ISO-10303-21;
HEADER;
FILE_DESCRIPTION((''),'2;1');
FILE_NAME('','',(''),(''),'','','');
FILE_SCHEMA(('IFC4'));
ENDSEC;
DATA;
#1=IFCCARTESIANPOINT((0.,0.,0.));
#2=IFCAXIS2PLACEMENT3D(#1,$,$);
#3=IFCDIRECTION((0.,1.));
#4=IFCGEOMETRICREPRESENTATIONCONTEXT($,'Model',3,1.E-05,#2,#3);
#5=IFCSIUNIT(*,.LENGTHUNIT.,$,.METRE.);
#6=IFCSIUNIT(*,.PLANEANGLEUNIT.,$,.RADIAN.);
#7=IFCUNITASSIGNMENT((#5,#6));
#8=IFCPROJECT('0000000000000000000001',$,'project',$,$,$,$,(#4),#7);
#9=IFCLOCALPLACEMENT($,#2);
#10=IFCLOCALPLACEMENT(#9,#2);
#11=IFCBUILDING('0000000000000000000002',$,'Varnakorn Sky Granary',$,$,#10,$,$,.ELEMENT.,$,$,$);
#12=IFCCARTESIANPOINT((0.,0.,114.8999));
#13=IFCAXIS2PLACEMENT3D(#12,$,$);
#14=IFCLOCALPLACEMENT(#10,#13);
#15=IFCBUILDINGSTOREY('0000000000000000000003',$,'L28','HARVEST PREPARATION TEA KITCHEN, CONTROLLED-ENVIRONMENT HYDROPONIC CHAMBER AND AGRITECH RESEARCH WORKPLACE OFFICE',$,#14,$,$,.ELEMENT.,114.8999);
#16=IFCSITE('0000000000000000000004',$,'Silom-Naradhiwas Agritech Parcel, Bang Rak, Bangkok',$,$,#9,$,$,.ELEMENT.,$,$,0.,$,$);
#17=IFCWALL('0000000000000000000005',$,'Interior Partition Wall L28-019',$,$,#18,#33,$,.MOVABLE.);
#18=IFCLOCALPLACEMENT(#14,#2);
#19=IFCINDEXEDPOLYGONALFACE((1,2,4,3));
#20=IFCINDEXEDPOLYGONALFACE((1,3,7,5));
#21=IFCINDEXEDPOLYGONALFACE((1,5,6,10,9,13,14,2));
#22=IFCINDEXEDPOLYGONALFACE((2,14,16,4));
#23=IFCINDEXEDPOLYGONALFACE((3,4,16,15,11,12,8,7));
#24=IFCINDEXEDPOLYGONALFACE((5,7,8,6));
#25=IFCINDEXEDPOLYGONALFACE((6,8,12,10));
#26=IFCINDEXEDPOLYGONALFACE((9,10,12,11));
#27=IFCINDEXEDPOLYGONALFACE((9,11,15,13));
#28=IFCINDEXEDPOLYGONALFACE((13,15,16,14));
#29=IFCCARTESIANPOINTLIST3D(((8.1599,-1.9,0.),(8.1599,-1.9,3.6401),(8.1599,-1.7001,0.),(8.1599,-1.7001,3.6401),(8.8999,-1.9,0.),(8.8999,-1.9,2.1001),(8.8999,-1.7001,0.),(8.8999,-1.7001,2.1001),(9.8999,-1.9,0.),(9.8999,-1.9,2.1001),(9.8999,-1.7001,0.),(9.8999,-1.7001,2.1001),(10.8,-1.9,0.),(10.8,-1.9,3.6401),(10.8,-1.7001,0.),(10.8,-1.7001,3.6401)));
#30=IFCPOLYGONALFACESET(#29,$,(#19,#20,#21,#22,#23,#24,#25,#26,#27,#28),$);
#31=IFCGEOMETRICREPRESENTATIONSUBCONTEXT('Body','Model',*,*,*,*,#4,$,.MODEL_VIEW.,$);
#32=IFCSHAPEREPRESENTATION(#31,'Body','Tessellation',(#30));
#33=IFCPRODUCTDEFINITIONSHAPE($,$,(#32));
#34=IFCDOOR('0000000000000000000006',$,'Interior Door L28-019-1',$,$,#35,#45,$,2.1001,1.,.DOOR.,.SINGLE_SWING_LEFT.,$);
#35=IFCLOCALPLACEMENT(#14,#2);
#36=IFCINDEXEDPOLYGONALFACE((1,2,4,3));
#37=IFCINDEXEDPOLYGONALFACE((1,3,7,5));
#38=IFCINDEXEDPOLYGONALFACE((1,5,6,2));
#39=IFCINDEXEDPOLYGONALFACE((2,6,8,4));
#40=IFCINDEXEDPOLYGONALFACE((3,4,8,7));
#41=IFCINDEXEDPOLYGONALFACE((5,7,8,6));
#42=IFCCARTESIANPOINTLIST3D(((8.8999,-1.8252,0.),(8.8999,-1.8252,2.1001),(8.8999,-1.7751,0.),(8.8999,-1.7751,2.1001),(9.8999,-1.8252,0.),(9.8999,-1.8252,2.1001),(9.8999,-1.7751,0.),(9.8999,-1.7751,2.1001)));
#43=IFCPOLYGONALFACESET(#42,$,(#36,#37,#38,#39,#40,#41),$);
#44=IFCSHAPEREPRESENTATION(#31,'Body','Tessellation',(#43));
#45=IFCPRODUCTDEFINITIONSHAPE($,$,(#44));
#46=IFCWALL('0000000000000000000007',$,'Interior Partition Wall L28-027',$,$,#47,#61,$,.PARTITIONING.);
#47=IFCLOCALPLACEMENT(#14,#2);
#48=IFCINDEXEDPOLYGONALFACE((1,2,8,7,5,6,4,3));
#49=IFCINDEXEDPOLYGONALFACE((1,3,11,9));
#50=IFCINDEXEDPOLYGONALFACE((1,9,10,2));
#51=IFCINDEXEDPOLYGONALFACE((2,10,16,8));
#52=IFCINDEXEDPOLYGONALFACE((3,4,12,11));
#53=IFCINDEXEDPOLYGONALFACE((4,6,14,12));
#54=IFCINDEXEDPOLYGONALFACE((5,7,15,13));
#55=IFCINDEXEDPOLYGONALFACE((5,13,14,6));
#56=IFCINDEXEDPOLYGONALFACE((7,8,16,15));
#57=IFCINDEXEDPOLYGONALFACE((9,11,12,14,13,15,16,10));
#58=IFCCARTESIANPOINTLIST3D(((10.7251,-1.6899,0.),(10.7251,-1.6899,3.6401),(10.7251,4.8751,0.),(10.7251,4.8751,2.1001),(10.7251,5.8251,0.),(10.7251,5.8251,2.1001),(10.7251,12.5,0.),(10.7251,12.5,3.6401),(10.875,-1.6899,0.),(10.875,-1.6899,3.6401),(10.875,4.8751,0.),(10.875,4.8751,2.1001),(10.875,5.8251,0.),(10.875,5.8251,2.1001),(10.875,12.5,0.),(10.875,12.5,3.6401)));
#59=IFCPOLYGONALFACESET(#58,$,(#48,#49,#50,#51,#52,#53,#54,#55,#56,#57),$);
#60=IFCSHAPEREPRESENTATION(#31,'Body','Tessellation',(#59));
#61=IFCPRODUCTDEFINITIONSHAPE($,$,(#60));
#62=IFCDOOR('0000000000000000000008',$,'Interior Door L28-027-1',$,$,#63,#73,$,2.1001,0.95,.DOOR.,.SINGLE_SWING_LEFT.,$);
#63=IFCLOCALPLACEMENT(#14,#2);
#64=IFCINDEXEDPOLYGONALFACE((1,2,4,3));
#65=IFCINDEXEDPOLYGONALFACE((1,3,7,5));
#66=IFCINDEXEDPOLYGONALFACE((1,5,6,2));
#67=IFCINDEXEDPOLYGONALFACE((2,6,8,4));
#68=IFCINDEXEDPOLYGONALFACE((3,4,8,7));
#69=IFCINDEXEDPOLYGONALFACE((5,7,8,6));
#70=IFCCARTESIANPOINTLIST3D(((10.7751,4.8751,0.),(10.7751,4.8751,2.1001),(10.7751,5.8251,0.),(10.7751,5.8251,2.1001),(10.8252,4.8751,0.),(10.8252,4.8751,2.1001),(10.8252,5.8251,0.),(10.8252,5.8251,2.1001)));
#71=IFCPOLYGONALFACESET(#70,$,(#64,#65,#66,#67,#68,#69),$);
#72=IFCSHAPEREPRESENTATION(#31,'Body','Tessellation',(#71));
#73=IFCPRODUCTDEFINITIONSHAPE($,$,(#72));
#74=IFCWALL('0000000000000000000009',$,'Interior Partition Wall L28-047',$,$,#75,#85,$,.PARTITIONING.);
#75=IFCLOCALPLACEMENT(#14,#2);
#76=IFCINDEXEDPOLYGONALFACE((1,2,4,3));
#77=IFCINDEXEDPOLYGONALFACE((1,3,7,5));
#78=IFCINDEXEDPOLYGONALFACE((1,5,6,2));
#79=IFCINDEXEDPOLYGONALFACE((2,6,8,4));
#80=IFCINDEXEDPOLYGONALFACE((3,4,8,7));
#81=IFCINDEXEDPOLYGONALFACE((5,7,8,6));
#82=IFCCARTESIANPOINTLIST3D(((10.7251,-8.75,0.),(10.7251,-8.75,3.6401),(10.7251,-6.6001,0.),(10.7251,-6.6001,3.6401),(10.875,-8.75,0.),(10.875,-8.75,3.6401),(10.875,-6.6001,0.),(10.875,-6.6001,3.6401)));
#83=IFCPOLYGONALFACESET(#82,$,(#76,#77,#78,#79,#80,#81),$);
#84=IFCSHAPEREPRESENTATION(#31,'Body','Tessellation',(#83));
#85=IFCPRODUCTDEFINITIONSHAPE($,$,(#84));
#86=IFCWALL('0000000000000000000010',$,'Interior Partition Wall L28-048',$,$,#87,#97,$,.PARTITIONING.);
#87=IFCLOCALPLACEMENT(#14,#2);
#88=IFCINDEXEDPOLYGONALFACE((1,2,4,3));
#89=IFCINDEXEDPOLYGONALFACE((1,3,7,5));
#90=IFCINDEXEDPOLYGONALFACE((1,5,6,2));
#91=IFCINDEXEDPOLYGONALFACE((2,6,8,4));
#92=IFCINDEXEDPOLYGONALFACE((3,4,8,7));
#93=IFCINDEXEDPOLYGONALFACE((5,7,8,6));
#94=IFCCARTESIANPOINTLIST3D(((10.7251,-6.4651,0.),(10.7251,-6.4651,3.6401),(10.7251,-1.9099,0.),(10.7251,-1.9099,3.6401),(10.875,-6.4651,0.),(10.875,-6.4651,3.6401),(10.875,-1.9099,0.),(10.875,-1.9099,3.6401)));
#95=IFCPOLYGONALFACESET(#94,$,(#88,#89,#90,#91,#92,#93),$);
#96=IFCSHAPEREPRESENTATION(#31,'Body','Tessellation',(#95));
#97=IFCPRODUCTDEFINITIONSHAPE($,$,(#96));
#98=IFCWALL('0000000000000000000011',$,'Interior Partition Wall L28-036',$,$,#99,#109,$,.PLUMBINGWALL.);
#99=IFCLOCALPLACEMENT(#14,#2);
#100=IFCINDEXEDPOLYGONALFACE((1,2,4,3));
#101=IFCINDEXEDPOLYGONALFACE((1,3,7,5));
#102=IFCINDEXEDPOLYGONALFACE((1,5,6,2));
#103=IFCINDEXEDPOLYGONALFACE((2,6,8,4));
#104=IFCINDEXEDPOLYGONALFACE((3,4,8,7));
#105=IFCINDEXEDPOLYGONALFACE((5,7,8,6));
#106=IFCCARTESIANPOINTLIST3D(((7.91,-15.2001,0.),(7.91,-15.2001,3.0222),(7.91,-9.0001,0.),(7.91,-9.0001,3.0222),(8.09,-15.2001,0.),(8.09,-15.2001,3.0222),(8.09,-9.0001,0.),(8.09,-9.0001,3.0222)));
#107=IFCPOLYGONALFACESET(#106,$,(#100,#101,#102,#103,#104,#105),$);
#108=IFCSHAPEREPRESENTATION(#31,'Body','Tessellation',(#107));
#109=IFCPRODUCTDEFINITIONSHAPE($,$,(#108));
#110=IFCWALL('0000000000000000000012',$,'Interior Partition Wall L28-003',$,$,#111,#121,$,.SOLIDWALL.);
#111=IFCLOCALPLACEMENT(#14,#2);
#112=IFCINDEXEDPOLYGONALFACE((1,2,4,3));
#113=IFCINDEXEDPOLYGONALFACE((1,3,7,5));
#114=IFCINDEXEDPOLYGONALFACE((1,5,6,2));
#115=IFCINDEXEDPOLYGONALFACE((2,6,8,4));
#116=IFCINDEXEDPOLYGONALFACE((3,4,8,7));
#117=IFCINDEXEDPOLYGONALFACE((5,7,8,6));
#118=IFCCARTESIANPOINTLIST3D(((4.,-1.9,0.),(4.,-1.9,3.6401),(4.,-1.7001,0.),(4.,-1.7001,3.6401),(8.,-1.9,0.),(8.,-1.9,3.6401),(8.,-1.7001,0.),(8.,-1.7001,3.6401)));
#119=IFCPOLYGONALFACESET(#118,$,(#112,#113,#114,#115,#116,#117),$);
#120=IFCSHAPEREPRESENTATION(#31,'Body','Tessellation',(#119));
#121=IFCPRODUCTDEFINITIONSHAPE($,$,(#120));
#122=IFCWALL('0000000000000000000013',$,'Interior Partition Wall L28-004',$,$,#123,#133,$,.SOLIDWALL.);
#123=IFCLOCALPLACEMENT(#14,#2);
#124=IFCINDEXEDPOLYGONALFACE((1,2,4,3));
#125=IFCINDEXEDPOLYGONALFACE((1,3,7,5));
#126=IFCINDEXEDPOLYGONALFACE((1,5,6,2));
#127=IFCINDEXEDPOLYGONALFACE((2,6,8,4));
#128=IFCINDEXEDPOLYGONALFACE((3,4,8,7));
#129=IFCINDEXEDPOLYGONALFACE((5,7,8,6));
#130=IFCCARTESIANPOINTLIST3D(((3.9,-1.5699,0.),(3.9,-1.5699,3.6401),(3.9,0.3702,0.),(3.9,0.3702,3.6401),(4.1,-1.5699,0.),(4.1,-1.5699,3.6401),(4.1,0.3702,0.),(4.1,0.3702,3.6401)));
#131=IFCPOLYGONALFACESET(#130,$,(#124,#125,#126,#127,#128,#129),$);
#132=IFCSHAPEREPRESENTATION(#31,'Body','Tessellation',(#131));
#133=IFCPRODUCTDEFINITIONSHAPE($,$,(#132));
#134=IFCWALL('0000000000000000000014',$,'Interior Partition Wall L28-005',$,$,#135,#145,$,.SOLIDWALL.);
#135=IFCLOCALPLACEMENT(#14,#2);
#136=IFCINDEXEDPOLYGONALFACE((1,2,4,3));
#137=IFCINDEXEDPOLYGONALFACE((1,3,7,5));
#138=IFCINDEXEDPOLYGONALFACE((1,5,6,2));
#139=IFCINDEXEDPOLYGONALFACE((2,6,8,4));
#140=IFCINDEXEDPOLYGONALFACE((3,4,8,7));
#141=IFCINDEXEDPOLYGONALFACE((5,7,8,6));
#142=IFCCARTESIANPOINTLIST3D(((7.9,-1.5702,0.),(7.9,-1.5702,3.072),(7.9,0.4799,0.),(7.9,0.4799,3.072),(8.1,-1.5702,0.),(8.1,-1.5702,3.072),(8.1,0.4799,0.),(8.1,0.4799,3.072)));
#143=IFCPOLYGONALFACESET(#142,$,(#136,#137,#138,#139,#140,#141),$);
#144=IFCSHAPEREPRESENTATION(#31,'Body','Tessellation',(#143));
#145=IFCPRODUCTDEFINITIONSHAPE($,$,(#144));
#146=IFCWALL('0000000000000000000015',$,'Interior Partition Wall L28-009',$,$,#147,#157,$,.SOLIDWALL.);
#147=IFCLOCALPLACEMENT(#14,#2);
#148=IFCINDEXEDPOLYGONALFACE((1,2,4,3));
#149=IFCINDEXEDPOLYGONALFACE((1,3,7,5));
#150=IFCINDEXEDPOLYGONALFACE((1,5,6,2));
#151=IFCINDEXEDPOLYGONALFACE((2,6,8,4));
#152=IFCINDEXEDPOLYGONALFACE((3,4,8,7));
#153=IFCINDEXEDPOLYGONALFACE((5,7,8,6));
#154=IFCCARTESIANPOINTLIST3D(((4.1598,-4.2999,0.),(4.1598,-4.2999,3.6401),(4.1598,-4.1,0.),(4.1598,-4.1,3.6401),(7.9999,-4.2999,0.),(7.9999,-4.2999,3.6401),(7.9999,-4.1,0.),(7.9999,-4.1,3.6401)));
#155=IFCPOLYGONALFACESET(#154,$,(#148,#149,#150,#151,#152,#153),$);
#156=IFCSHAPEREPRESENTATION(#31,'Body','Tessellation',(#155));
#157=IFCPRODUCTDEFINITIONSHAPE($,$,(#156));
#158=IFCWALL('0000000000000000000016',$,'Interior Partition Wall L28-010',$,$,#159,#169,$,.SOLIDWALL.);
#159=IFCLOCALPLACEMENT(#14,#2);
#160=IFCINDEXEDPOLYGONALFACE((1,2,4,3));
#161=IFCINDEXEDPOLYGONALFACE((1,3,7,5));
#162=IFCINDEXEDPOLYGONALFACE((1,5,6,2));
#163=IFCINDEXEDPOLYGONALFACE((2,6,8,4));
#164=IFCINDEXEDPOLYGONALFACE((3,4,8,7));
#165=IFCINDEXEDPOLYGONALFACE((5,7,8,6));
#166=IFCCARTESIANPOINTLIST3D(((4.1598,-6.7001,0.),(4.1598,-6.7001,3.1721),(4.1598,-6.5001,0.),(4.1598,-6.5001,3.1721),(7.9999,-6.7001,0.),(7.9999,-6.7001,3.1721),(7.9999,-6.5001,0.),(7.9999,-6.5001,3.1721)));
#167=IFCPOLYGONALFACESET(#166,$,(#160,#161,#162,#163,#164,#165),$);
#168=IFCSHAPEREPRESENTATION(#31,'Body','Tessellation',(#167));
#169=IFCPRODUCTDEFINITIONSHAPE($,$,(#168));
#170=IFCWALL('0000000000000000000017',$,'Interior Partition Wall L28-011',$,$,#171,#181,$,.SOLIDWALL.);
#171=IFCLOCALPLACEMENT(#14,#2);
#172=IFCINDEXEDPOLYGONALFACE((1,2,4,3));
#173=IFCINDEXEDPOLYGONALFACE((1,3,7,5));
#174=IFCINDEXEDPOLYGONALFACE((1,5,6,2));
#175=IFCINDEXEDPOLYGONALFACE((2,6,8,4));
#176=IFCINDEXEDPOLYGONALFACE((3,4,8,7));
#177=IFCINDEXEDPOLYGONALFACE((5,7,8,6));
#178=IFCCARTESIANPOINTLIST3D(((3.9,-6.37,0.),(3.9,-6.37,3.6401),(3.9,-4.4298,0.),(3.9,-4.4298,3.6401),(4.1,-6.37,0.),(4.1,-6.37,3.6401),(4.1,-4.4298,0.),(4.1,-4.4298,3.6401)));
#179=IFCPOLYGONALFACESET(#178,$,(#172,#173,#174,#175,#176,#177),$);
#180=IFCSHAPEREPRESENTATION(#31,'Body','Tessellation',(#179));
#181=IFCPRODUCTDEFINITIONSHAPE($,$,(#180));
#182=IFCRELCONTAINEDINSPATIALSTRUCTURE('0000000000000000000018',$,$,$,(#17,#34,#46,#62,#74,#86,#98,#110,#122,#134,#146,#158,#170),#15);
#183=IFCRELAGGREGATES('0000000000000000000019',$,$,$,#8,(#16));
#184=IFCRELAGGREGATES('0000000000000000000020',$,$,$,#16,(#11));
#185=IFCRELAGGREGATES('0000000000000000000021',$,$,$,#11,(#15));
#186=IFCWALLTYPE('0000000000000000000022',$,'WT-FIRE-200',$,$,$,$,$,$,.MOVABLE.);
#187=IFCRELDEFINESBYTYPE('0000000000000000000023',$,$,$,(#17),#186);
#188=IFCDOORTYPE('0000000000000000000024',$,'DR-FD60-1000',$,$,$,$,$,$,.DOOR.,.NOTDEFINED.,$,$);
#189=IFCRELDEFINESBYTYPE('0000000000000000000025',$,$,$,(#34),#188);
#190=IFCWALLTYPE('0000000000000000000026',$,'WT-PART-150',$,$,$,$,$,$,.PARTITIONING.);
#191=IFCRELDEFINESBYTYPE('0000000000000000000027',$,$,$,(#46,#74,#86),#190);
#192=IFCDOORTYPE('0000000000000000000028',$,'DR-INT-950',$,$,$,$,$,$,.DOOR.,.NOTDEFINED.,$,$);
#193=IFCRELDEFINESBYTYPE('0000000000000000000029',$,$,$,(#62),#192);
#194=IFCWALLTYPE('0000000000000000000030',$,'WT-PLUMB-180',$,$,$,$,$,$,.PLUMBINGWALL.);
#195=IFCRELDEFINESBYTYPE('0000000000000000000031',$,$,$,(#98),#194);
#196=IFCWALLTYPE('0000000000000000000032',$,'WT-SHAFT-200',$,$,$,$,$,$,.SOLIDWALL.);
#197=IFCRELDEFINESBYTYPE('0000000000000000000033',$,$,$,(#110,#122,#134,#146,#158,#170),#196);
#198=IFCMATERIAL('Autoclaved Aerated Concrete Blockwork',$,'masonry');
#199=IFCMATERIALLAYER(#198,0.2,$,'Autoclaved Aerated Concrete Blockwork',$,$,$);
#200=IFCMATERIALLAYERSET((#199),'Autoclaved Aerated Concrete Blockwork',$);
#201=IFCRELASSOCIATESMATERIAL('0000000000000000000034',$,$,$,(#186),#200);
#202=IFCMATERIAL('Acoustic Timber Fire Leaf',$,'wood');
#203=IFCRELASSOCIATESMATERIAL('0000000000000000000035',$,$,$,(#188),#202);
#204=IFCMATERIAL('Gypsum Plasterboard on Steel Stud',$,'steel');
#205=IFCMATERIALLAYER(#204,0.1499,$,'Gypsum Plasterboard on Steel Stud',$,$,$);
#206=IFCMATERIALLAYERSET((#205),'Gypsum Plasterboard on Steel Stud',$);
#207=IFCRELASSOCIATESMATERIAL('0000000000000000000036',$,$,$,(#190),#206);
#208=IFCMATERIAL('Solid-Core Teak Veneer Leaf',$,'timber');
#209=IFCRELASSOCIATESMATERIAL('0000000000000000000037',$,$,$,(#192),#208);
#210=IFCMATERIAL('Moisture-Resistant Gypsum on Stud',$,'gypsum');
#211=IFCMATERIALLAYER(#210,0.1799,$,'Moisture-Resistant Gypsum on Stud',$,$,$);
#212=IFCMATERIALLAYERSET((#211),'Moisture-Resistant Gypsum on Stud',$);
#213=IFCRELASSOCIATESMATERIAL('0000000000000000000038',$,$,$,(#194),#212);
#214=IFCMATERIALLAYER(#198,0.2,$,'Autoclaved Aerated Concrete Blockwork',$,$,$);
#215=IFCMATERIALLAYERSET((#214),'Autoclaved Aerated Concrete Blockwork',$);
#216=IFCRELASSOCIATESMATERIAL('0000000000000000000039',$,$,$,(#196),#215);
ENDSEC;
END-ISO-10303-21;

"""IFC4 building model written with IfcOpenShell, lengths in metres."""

from ifc_helpers import new_model, si_unit, direction, frame, frame_2d, origin, place, context, subcontext, project, spatial, rectangle, extrude, material, layer, layer_set, type_object, element, fill, save


model = new_model("IFC4")

# Units and contexts
model_context = context("Model", 3, precision=1e-05, world=origin(), true_north=direction((0.0, 1.0)))
body_context = subcontext(model_context, "Body", "Model", "MODEL_VIEW")
ifc_project = project(units=[si_unit("LENGTHUNIT", "METRE"), si_unit("PLANEANGLEUNIT", "RADIAN")], contexts=[model_context])

# Site, building, storey
site_placement = place(None, origin())
site = spatial("IfcSite", under=ifc_project, at=site_placement, Name="Silom-Naradhiwas Agritech Parcel, Bang Rak, Bangkok", CompositionType="ELEMENT", RefElevation=0.0)
building_placement = place(site_placement, origin())
building = spatial("IfcBuilding", under=site, at=building_placement, Name="Varnakorn Sky Granary", CompositionType="ELEMENT")
storey_placement = place(building_placement, frame((0.0, 0.0, 114.8999)))
storey = spatial("IfcBuildingStorey", under=building, at=storey_placement, Name="L28", Description="HARVEST PREPARATION TEA KITCHEN, CONTROLLED-ENVIRONMENT HYDROPONIC CHAMBER AND AGRITECH RESEARCH WORKPLACE OFFICE", CompositionType="ELEMENT", Elevation=114.8999)

# Walls, openings, doors
ifc_material_1 = material(Name="Autoclaved Aerated Concrete Blockwork", Category="masonry")
ifc_layer_1 = layer(ifc_material_1, 0.2, Name="Autoclaved Aerated Concrete Blockwork")
ifc_layer_set_1 = layer_set([ifc_layer_1], Name="Autoclaved Aerated Concrete Blockwork")
wall_type_1 = type_object("IfcWallType", Name="WT-FIRE-200", PredefinedType="MOVABLE", material=ifc_layer_set_1)
ifc_material_2 = material(Name="Acoustic Timber Fire Leaf", Category="wood")
door_type_1 = type_object("IfcDoorType", Name="DR-FD60-1000", OperationType="NOTDEFINED", PredefinedType="DOOR", material=ifc_material_2)
wall_1_placement = place(storey_placement, frame((8.1599, -1.8, 0.0), z_axis=(0.0, 0.0, 1.0), x_axis=(1.0, 0.0, 0.0)))
wall_1 = element("IfcWall", 1, at=wall_1_placement, inside=storey, type_object=wall_type_1, Name="Interior Partition Wall L28-019", PredefinedType="MOVABLE", context=body_context, shape_type="SweptSolid", body=[
    extrude(rectangle(XDim=2.6401, YDim=0.2, at=frame_2d((1.3201, 0.0))), origin(), (0.0, 0.0, 1.0), 3.6401),
])
opening_1_placement = place(wall_1_placement, frame((0.74, 0.0, 0.0)))
opening_1 = element("IfcOpeningElement", 2, at=opening_1_placement, cuts=wall_1, PredefinedType="OPENING", context=body_context, shape_type="SweptSolid", body=[
    extrude(rectangle(XDim=1.0, YDim=2.1001, at=frame_2d((0.5, 1.05))), frame((0.0, 0.1099, 0.0), z_axis=(0.0, -1.0, 0.0), x_axis=(1.0, 0.0, 0.0)), (0.0, 0.0, 1.0), 0.22),
])
door_1_placement = place(opening_1_placement, origin())
door_1 = element("IfcDoor", 3, at=door_1_placement, inside=storey, type_object=door_type_1, Name="Interior Door L28-019-1", OperationType="SINGLE_SWING_LEFT", OverallHeight=2.1001, OverallWidth=1.0, PredefinedType="DOOR", context=body_context, shape_type="SweptSolid", body=[
    extrude(rectangle(XDim=1.0, YDim=2.1001, at=frame_2d((0.5, 1.05))), frame((0.0, 0.0249, 0.0), z_axis=(0.0, -1.0, 0.0), x_axis=(1.0, 0.0, 0.0)), (0.0, 0.0, 1.0), 0.05),
])
fill(opening_1, door_1)
ifc_material_3 = material(Name="Gypsum Plasterboard on Steel Stud", Category="steel")
ifc_layer_2 = layer(ifc_material_3, 0.1499, Name="Gypsum Plasterboard on Steel Stud")
ifc_layer_set_2 = layer_set([ifc_layer_2], Name="Gypsum Plasterboard on Steel Stud")
wall_type_2 = type_object("IfcWallType", Name="WT-PART-150", PredefinedType="PARTITIONING", material=ifc_layer_set_2)
wall_2_placement = place(storey_placement, frame((10.8, -1.6899, 0.0), z_axis=(0.0, 0.0, 1.0), x_axis=(0.0, 1.0, 0.0)))
wall_2 = element("IfcWall", 4, at=wall_2_placement, inside=storey, type_object=wall_type_2, Name="Interior Partition Wall L28-027", PredefinedType="PARTITIONING", context=body_context, shape_type="SweptSolid", body=[
    extrude(rectangle(XDim=14.1899, YDim=0.1499, at=frame_2d((7.095, 0.0))), origin(), (0.0, 0.0, 1.0), 3.6401),
])
opening_2_placement = place(wall_2_placement, frame((6.5649, 0.0, 0.0)))
opening_2 = element("IfcOpeningElement", 5, at=opening_2_placement, cuts=wall_2, PredefinedType="OPENING", context=body_context, shape_type="SweptSolid", body=[
    extrude(rectangle(XDim=0.95, YDim=2.1001, at=frame_2d((0.4751, 1.05))), frame((0.0, 0.085, 0.0), z_axis=(0.0, -1.0, 0.0), x_axis=(1.0, 0.0, 0.0)), (0.0, 0.0, 1.0), 0.1699),
])
ifc_material_4 = material(Name="Solid-Core Teak Veneer Leaf", Category="timber")
door_type_2 = type_object("IfcDoorType", Name="DR-INT-950", OperationType="NOTDEFINED", PredefinedType="DOOR", material=ifc_material_4)
door_2_placement = place(opening_2_placement, origin())
door_2 = element("IfcDoor", 6, at=door_2_placement, inside=storey, type_object=door_type_2, Name="Interior Door L28-027-1", OperationType="SINGLE_SWING_LEFT", OverallHeight=2.1001, OverallWidth=0.95, PredefinedType="DOOR", context=body_context, shape_type="SweptSolid", body=[
    extrude(rectangle(XDim=0.95, YDim=2.1001, at=frame_2d((0.4751, 1.05))), frame((0.0, 0.0249, 0.0), z_axis=(0.0, -1.0, 0.0), x_axis=(1.0, 0.0, 0.0)), (0.0, 0.0, 1.0), 0.05),
])
fill(opening_2, door_2)

# Walls
wall_3_placement = place(storey_placement, frame((10.8, -8.75, 0.0), z_axis=(0.0, 0.0, 1.0), x_axis=(0.0, 1.0, 0.0)))
element("IfcWall", 7, at=wall_3_placement, inside=storey, type_object=wall_type_2, Name="Interior Partition Wall L28-047", PredefinedType="PARTITIONING", context=body_context, shape_type="SweptSolid", body=[
    extrude(rectangle(XDim=2.1499, YDim=0.1499, at=frame_2d((1.075, 0.0))), origin(), (0.0, 0.0, 1.0), 3.6401),
])
wall_4_placement = place(storey_placement, frame((10.8, -6.4651, 0.0), z_axis=(0.0, 0.0, 1.0), x_axis=(0.0, 1.0, 0.0)))
element("IfcWall", 8, at=wall_4_placement, inside=storey, type_object=wall_type_2, Name="Interior Partition Wall L28-048", PredefinedType="PARTITIONING", context=body_context, shape_type="SweptSolid", body=[
    extrude(rectangle(XDim=4.5552, YDim=0.1499, at=frame_2d((2.2776, 0.0))), origin(), (0.0, 0.0, 1.0), 3.6401),
])
ifc_material_5 = material(Name="Moisture-Resistant Gypsum on Stud", Category="gypsum")
ifc_layer_3 = layer(ifc_material_5, 0.1799, Name="Moisture-Resistant Gypsum on Stud")
ifc_layer_set_3 = layer_set([ifc_layer_3], Name="Moisture-Resistant Gypsum on Stud")
wall_type_3 = type_object("IfcWallType", Name="WT-PLUMB-180", PredefinedType="PLUMBINGWALL", material=ifc_layer_set_3)
wall_5_placement = place(storey_placement, frame((8.0, -9.0, 0.0), z_axis=(0.0, 0.0, 1.0), x_axis=(0.0, -1.0, 0.0)))
element("IfcWall", 9, at=wall_5_placement, inside=storey, type_object=wall_type_3, Name="Interior Partition Wall L28-036", PredefinedType="PLUMBINGWALL", context=body_context, shape_type="SweptSolid", body=[
    extrude(rectangle(XDim=6.2, YDim=0.1799, at=frame_2d((3.1001, 0.0))), origin(), (0.0, 0.0, 1.0), 3.0222),
])
ifc_layer_4 = layer(ifc_material_1, 0.2, Name="Autoclaved Aerated Concrete Blockwork")
ifc_layer_set_4 = layer_set([ifc_layer_4], Name="Autoclaved Aerated Concrete Blockwork")
wall_type_4 = type_object("IfcWallType", Name="WT-SHAFT-200", PredefinedType="SOLIDWALL", material=ifc_layer_set_4)
wall_6_placement = place(storey_placement, frame((4.0, -1.8, 0.0), z_axis=(0.0, 0.0, 1.0), x_axis=(1.0, 0.0, 0.0)))
element("IfcWall", 10, at=wall_6_placement, inside=storey, type_object=wall_type_4, Name="Interior Partition Wall L28-003", PredefinedType="SOLIDWALL", context=body_context, shape_type="SweptSolid", body=[
    extrude(rectangle(XDim=4.0, YDim=0.2, at=frame_2d((2.0, 0.0))), origin(), (0.0, 0.0, 1.0), 3.6401),
])
wall_7_placement = place(storey_placement, frame((4.0, -1.5701, 0.0), z_axis=(0.0, 0.0, 1.0), x_axis=(0.0, 1.0, 0.0)))
element("IfcWall", 11, at=wall_7_placement, inside=storey, type_object=wall_type_4, Name="Interior Partition Wall L28-004", PredefinedType="SOLIDWALL", context=body_context, shape_type="SweptSolid", body=[
    extrude(rectangle(XDim=1.9402, YDim=0.2, at=frame_2d((0.9702, 0.0))), origin(), (0.0, 0.0, 1.0), 3.6401),
])
wall_8_placement = place(storey_placement, frame((8.0, -1.5701, 0.0), z_axis=(0.0, 0.0, 1.0), x_axis=(0.0, 1.0, 0.0)))
element("IfcWall", 12, at=wall_8_placement, inside=storey, type_object=wall_type_4, Name="Interior Partition Wall L28-005", PredefinedType="SOLIDWALL", context=body_context, shape_type="SweptSolid", body=[
    extrude(rectangle(XDim=2.05, YDim=0.2, at=frame_2d((1.0249, 0.0))), origin(), (0.0, 0.0, 1.0), 3.072),
])
wall_9_placement = place(storey_placement, frame((4.1599, -4.2, 0.0), z_axis=(0.0, 0.0, 1.0), x_axis=(1.0, 0.0, 0.0)))
element("IfcWall", 13, at=wall_9_placement, inside=storey, type_object=wall_type_4, Name="Interior Partition Wall L28-009", PredefinedType="SOLIDWALL", context=body_context, shape_type="SweptSolid", body=[
    extrude(rectangle(XDim=3.8401, YDim=0.2, at=frame_2d((1.9199, 0.0))), origin(), (0.0, 0.0, 1.0), 3.6401),
])
wall_10_placement = place(storey_placement, frame((4.1599, -6.6001, 0.0), z_axis=(0.0, 0.0, 1.0), x_axis=(1.0, 0.0, 0.0)))
element("IfcWall", 14, at=wall_10_placement, inside=storey, type_object=wall_type_4, Name="Interior Partition Wall L28-010", PredefinedType="SOLIDWALL", context=body_context, shape_type="SweptSolid", body=[
    extrude(rectangle(XDim=3.8401, YDim=0.2, at=frame_2d((1.9199, 0.0))), origin(), (0.0, 0.0, 1.0), 3.1721),
])
wall_11_placement = place(storey_placement, frame((4.0, -6.3701, 0.0), z_axis=(0.0, 0.0, 1.0), x_axis=(0.0, 1.0, 0.0)))
element("IfcWall", 15, at=wall_11_placement, inside=storey, type_object=wall_type_4, Name="Interior Partition Wall L28-011", PredefinedType="SOLIDWALL", context=body_context, shape_type="SweptSolid", body=[
    extrude(rectangle(XDim=1.9402, YDim=0.2, at=frame_2d((0.9702, 0.0))), origin(), (0.0, 0.0, 1.0), 3.6401),
])

save(model, "model.ifc")
